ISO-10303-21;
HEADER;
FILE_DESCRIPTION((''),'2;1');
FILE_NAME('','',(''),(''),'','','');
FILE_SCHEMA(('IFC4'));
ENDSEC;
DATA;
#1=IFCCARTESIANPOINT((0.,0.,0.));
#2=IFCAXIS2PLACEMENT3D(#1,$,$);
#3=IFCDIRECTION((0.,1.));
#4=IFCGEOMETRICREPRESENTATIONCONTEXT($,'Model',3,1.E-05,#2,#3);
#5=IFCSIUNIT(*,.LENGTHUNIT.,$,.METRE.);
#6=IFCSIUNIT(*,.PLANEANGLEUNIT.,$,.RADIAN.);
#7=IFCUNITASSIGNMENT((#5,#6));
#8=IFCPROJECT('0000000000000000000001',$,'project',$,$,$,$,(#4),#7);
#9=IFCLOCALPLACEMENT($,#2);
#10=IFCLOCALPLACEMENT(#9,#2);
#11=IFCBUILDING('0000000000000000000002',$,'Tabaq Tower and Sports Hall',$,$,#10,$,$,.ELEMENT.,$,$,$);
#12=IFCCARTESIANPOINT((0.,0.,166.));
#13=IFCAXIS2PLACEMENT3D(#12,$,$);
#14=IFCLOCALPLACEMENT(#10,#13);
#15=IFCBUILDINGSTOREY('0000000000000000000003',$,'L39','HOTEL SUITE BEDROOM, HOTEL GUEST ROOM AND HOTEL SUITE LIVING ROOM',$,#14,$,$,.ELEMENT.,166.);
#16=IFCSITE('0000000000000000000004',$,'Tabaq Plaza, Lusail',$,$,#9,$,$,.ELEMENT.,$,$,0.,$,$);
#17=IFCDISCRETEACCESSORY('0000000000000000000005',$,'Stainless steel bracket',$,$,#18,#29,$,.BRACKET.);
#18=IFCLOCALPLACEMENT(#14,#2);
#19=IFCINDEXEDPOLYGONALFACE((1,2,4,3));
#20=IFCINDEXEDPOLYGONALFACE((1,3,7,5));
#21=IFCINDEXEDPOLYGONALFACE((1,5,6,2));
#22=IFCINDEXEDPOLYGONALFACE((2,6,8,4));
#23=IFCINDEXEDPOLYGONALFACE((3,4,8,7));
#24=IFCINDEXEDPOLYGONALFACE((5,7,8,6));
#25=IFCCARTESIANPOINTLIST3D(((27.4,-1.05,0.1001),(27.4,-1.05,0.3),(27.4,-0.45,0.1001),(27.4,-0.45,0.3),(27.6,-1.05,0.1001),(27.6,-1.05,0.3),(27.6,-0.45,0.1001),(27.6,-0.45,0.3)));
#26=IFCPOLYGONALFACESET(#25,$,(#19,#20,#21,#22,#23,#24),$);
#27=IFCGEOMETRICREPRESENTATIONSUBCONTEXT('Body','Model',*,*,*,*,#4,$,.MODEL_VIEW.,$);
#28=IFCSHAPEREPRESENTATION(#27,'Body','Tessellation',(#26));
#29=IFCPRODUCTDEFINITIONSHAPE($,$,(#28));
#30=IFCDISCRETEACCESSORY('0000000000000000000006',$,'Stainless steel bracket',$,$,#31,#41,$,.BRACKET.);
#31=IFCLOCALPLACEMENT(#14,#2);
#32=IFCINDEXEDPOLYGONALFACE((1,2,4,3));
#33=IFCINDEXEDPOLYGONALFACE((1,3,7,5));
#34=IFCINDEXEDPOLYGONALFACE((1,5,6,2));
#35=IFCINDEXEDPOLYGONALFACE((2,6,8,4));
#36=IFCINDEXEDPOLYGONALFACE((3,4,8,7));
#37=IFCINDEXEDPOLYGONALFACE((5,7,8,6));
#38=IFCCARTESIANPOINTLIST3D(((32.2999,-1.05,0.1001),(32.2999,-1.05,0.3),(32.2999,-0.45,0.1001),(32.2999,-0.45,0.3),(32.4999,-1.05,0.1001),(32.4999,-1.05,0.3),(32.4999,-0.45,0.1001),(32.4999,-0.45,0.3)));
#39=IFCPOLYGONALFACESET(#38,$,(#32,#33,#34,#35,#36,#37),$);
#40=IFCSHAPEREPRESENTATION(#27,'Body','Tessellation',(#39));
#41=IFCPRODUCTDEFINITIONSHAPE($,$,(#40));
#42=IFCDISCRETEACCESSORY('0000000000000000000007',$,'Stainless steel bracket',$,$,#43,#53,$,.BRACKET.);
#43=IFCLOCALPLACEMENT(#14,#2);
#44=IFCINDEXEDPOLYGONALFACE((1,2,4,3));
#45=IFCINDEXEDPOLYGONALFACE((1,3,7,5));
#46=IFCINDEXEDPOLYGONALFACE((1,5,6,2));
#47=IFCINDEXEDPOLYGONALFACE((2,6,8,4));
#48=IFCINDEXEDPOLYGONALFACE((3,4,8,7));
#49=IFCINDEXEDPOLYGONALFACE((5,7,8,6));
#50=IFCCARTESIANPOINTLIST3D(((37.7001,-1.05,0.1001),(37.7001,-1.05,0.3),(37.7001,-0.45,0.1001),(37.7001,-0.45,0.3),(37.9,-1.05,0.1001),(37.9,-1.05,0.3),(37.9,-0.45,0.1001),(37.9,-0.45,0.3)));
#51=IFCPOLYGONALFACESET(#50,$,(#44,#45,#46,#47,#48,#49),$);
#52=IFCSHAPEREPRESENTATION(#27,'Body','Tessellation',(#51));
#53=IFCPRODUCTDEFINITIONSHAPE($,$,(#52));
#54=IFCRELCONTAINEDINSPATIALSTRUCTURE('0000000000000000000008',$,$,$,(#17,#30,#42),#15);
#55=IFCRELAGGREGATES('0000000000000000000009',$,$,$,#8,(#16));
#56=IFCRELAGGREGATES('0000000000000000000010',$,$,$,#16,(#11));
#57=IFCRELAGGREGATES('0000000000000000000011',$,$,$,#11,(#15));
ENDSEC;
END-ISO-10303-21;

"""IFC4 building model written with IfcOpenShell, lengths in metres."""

from ifc_helpers import new_model, si_unit, direction, frame, origin, origin_2d, place, context, subcontext, project, spatial, rectangle, extrude, element, save


model = new_model("IFC4")

# Units and contexts
model_context = context("Model", 3, precision=1e-05, world=origin(), true_north=direction((0.0, 1.0)))
body_context = subcontext(model_context, "Body", "Model", "MODEL_VIEW")
ifc_project = project(units=[si_unit("LENGTHUNIT", "METRE"), si_unit("PLANEANGLEUNIT", "RADIAN")], contexts=[model_context])

# Site, building, storey
site_placement = place(None, origin())
site = spatial("IfcSite", under=ifc_project, at=site_placement, Name="Tabaq Plaza, Lusail", CompositionType="ELEMENT", RefElevation=0.0)
building_placement = place(site_placement, origin())
building = spatial("IfcBuilding", under=site, at=building_placement, Name="Tabaq Tower and Sports Hall", CompositionType="ELEMENT")
storey_placement = place(building_placement, frame((0.0, 0.0, 166.0)))
storey = spatial("IfcBuildingStorey", under=building, at=storey_placement, Name="L39", Description="HOTEL SUITE BEDROOM, HOTEL GUEST ROOM AND HOTEL SUITE LIVING ROOM", CompositionType="ELEMENT", Elevation=166.0)

# Discrete accessories
for number, where, z_axis, x_axis, name in (
    (1, (27.5, -0.75, 0.1001), (0.0, 0.0, 1.0), (0.0, -1.0, 0.0), "Stainless steel bracket"),
    (2, (32.3999, -0.75, 0.1001), (0.0, 0.0, 1.0), (0.0, -1.0, 0.0), "Stainless steel bracket"),
    (3, (37.8, -0.75, 0.1001), (0.0, 0.0, 1.0), (0.0, -1.0, 0.0), "Stainless steel bracket"),
):
    element("IfcDiscreteAccessory", number, at=place(storey_placement, frame(where, z_axis=z_axis, x_axis=x_axis)), inside=storey, Name=name, PredefinedType="BRACKET", context=body_context, shape_type="SweptSolid", body=[
        extrude(rectangle(XDim=0.6001, YDim=0.2, at=origin_2d()), origin(), (0.0, 0.0, 1.0), 0.2),
    ])

save(model, "model.ifc")
